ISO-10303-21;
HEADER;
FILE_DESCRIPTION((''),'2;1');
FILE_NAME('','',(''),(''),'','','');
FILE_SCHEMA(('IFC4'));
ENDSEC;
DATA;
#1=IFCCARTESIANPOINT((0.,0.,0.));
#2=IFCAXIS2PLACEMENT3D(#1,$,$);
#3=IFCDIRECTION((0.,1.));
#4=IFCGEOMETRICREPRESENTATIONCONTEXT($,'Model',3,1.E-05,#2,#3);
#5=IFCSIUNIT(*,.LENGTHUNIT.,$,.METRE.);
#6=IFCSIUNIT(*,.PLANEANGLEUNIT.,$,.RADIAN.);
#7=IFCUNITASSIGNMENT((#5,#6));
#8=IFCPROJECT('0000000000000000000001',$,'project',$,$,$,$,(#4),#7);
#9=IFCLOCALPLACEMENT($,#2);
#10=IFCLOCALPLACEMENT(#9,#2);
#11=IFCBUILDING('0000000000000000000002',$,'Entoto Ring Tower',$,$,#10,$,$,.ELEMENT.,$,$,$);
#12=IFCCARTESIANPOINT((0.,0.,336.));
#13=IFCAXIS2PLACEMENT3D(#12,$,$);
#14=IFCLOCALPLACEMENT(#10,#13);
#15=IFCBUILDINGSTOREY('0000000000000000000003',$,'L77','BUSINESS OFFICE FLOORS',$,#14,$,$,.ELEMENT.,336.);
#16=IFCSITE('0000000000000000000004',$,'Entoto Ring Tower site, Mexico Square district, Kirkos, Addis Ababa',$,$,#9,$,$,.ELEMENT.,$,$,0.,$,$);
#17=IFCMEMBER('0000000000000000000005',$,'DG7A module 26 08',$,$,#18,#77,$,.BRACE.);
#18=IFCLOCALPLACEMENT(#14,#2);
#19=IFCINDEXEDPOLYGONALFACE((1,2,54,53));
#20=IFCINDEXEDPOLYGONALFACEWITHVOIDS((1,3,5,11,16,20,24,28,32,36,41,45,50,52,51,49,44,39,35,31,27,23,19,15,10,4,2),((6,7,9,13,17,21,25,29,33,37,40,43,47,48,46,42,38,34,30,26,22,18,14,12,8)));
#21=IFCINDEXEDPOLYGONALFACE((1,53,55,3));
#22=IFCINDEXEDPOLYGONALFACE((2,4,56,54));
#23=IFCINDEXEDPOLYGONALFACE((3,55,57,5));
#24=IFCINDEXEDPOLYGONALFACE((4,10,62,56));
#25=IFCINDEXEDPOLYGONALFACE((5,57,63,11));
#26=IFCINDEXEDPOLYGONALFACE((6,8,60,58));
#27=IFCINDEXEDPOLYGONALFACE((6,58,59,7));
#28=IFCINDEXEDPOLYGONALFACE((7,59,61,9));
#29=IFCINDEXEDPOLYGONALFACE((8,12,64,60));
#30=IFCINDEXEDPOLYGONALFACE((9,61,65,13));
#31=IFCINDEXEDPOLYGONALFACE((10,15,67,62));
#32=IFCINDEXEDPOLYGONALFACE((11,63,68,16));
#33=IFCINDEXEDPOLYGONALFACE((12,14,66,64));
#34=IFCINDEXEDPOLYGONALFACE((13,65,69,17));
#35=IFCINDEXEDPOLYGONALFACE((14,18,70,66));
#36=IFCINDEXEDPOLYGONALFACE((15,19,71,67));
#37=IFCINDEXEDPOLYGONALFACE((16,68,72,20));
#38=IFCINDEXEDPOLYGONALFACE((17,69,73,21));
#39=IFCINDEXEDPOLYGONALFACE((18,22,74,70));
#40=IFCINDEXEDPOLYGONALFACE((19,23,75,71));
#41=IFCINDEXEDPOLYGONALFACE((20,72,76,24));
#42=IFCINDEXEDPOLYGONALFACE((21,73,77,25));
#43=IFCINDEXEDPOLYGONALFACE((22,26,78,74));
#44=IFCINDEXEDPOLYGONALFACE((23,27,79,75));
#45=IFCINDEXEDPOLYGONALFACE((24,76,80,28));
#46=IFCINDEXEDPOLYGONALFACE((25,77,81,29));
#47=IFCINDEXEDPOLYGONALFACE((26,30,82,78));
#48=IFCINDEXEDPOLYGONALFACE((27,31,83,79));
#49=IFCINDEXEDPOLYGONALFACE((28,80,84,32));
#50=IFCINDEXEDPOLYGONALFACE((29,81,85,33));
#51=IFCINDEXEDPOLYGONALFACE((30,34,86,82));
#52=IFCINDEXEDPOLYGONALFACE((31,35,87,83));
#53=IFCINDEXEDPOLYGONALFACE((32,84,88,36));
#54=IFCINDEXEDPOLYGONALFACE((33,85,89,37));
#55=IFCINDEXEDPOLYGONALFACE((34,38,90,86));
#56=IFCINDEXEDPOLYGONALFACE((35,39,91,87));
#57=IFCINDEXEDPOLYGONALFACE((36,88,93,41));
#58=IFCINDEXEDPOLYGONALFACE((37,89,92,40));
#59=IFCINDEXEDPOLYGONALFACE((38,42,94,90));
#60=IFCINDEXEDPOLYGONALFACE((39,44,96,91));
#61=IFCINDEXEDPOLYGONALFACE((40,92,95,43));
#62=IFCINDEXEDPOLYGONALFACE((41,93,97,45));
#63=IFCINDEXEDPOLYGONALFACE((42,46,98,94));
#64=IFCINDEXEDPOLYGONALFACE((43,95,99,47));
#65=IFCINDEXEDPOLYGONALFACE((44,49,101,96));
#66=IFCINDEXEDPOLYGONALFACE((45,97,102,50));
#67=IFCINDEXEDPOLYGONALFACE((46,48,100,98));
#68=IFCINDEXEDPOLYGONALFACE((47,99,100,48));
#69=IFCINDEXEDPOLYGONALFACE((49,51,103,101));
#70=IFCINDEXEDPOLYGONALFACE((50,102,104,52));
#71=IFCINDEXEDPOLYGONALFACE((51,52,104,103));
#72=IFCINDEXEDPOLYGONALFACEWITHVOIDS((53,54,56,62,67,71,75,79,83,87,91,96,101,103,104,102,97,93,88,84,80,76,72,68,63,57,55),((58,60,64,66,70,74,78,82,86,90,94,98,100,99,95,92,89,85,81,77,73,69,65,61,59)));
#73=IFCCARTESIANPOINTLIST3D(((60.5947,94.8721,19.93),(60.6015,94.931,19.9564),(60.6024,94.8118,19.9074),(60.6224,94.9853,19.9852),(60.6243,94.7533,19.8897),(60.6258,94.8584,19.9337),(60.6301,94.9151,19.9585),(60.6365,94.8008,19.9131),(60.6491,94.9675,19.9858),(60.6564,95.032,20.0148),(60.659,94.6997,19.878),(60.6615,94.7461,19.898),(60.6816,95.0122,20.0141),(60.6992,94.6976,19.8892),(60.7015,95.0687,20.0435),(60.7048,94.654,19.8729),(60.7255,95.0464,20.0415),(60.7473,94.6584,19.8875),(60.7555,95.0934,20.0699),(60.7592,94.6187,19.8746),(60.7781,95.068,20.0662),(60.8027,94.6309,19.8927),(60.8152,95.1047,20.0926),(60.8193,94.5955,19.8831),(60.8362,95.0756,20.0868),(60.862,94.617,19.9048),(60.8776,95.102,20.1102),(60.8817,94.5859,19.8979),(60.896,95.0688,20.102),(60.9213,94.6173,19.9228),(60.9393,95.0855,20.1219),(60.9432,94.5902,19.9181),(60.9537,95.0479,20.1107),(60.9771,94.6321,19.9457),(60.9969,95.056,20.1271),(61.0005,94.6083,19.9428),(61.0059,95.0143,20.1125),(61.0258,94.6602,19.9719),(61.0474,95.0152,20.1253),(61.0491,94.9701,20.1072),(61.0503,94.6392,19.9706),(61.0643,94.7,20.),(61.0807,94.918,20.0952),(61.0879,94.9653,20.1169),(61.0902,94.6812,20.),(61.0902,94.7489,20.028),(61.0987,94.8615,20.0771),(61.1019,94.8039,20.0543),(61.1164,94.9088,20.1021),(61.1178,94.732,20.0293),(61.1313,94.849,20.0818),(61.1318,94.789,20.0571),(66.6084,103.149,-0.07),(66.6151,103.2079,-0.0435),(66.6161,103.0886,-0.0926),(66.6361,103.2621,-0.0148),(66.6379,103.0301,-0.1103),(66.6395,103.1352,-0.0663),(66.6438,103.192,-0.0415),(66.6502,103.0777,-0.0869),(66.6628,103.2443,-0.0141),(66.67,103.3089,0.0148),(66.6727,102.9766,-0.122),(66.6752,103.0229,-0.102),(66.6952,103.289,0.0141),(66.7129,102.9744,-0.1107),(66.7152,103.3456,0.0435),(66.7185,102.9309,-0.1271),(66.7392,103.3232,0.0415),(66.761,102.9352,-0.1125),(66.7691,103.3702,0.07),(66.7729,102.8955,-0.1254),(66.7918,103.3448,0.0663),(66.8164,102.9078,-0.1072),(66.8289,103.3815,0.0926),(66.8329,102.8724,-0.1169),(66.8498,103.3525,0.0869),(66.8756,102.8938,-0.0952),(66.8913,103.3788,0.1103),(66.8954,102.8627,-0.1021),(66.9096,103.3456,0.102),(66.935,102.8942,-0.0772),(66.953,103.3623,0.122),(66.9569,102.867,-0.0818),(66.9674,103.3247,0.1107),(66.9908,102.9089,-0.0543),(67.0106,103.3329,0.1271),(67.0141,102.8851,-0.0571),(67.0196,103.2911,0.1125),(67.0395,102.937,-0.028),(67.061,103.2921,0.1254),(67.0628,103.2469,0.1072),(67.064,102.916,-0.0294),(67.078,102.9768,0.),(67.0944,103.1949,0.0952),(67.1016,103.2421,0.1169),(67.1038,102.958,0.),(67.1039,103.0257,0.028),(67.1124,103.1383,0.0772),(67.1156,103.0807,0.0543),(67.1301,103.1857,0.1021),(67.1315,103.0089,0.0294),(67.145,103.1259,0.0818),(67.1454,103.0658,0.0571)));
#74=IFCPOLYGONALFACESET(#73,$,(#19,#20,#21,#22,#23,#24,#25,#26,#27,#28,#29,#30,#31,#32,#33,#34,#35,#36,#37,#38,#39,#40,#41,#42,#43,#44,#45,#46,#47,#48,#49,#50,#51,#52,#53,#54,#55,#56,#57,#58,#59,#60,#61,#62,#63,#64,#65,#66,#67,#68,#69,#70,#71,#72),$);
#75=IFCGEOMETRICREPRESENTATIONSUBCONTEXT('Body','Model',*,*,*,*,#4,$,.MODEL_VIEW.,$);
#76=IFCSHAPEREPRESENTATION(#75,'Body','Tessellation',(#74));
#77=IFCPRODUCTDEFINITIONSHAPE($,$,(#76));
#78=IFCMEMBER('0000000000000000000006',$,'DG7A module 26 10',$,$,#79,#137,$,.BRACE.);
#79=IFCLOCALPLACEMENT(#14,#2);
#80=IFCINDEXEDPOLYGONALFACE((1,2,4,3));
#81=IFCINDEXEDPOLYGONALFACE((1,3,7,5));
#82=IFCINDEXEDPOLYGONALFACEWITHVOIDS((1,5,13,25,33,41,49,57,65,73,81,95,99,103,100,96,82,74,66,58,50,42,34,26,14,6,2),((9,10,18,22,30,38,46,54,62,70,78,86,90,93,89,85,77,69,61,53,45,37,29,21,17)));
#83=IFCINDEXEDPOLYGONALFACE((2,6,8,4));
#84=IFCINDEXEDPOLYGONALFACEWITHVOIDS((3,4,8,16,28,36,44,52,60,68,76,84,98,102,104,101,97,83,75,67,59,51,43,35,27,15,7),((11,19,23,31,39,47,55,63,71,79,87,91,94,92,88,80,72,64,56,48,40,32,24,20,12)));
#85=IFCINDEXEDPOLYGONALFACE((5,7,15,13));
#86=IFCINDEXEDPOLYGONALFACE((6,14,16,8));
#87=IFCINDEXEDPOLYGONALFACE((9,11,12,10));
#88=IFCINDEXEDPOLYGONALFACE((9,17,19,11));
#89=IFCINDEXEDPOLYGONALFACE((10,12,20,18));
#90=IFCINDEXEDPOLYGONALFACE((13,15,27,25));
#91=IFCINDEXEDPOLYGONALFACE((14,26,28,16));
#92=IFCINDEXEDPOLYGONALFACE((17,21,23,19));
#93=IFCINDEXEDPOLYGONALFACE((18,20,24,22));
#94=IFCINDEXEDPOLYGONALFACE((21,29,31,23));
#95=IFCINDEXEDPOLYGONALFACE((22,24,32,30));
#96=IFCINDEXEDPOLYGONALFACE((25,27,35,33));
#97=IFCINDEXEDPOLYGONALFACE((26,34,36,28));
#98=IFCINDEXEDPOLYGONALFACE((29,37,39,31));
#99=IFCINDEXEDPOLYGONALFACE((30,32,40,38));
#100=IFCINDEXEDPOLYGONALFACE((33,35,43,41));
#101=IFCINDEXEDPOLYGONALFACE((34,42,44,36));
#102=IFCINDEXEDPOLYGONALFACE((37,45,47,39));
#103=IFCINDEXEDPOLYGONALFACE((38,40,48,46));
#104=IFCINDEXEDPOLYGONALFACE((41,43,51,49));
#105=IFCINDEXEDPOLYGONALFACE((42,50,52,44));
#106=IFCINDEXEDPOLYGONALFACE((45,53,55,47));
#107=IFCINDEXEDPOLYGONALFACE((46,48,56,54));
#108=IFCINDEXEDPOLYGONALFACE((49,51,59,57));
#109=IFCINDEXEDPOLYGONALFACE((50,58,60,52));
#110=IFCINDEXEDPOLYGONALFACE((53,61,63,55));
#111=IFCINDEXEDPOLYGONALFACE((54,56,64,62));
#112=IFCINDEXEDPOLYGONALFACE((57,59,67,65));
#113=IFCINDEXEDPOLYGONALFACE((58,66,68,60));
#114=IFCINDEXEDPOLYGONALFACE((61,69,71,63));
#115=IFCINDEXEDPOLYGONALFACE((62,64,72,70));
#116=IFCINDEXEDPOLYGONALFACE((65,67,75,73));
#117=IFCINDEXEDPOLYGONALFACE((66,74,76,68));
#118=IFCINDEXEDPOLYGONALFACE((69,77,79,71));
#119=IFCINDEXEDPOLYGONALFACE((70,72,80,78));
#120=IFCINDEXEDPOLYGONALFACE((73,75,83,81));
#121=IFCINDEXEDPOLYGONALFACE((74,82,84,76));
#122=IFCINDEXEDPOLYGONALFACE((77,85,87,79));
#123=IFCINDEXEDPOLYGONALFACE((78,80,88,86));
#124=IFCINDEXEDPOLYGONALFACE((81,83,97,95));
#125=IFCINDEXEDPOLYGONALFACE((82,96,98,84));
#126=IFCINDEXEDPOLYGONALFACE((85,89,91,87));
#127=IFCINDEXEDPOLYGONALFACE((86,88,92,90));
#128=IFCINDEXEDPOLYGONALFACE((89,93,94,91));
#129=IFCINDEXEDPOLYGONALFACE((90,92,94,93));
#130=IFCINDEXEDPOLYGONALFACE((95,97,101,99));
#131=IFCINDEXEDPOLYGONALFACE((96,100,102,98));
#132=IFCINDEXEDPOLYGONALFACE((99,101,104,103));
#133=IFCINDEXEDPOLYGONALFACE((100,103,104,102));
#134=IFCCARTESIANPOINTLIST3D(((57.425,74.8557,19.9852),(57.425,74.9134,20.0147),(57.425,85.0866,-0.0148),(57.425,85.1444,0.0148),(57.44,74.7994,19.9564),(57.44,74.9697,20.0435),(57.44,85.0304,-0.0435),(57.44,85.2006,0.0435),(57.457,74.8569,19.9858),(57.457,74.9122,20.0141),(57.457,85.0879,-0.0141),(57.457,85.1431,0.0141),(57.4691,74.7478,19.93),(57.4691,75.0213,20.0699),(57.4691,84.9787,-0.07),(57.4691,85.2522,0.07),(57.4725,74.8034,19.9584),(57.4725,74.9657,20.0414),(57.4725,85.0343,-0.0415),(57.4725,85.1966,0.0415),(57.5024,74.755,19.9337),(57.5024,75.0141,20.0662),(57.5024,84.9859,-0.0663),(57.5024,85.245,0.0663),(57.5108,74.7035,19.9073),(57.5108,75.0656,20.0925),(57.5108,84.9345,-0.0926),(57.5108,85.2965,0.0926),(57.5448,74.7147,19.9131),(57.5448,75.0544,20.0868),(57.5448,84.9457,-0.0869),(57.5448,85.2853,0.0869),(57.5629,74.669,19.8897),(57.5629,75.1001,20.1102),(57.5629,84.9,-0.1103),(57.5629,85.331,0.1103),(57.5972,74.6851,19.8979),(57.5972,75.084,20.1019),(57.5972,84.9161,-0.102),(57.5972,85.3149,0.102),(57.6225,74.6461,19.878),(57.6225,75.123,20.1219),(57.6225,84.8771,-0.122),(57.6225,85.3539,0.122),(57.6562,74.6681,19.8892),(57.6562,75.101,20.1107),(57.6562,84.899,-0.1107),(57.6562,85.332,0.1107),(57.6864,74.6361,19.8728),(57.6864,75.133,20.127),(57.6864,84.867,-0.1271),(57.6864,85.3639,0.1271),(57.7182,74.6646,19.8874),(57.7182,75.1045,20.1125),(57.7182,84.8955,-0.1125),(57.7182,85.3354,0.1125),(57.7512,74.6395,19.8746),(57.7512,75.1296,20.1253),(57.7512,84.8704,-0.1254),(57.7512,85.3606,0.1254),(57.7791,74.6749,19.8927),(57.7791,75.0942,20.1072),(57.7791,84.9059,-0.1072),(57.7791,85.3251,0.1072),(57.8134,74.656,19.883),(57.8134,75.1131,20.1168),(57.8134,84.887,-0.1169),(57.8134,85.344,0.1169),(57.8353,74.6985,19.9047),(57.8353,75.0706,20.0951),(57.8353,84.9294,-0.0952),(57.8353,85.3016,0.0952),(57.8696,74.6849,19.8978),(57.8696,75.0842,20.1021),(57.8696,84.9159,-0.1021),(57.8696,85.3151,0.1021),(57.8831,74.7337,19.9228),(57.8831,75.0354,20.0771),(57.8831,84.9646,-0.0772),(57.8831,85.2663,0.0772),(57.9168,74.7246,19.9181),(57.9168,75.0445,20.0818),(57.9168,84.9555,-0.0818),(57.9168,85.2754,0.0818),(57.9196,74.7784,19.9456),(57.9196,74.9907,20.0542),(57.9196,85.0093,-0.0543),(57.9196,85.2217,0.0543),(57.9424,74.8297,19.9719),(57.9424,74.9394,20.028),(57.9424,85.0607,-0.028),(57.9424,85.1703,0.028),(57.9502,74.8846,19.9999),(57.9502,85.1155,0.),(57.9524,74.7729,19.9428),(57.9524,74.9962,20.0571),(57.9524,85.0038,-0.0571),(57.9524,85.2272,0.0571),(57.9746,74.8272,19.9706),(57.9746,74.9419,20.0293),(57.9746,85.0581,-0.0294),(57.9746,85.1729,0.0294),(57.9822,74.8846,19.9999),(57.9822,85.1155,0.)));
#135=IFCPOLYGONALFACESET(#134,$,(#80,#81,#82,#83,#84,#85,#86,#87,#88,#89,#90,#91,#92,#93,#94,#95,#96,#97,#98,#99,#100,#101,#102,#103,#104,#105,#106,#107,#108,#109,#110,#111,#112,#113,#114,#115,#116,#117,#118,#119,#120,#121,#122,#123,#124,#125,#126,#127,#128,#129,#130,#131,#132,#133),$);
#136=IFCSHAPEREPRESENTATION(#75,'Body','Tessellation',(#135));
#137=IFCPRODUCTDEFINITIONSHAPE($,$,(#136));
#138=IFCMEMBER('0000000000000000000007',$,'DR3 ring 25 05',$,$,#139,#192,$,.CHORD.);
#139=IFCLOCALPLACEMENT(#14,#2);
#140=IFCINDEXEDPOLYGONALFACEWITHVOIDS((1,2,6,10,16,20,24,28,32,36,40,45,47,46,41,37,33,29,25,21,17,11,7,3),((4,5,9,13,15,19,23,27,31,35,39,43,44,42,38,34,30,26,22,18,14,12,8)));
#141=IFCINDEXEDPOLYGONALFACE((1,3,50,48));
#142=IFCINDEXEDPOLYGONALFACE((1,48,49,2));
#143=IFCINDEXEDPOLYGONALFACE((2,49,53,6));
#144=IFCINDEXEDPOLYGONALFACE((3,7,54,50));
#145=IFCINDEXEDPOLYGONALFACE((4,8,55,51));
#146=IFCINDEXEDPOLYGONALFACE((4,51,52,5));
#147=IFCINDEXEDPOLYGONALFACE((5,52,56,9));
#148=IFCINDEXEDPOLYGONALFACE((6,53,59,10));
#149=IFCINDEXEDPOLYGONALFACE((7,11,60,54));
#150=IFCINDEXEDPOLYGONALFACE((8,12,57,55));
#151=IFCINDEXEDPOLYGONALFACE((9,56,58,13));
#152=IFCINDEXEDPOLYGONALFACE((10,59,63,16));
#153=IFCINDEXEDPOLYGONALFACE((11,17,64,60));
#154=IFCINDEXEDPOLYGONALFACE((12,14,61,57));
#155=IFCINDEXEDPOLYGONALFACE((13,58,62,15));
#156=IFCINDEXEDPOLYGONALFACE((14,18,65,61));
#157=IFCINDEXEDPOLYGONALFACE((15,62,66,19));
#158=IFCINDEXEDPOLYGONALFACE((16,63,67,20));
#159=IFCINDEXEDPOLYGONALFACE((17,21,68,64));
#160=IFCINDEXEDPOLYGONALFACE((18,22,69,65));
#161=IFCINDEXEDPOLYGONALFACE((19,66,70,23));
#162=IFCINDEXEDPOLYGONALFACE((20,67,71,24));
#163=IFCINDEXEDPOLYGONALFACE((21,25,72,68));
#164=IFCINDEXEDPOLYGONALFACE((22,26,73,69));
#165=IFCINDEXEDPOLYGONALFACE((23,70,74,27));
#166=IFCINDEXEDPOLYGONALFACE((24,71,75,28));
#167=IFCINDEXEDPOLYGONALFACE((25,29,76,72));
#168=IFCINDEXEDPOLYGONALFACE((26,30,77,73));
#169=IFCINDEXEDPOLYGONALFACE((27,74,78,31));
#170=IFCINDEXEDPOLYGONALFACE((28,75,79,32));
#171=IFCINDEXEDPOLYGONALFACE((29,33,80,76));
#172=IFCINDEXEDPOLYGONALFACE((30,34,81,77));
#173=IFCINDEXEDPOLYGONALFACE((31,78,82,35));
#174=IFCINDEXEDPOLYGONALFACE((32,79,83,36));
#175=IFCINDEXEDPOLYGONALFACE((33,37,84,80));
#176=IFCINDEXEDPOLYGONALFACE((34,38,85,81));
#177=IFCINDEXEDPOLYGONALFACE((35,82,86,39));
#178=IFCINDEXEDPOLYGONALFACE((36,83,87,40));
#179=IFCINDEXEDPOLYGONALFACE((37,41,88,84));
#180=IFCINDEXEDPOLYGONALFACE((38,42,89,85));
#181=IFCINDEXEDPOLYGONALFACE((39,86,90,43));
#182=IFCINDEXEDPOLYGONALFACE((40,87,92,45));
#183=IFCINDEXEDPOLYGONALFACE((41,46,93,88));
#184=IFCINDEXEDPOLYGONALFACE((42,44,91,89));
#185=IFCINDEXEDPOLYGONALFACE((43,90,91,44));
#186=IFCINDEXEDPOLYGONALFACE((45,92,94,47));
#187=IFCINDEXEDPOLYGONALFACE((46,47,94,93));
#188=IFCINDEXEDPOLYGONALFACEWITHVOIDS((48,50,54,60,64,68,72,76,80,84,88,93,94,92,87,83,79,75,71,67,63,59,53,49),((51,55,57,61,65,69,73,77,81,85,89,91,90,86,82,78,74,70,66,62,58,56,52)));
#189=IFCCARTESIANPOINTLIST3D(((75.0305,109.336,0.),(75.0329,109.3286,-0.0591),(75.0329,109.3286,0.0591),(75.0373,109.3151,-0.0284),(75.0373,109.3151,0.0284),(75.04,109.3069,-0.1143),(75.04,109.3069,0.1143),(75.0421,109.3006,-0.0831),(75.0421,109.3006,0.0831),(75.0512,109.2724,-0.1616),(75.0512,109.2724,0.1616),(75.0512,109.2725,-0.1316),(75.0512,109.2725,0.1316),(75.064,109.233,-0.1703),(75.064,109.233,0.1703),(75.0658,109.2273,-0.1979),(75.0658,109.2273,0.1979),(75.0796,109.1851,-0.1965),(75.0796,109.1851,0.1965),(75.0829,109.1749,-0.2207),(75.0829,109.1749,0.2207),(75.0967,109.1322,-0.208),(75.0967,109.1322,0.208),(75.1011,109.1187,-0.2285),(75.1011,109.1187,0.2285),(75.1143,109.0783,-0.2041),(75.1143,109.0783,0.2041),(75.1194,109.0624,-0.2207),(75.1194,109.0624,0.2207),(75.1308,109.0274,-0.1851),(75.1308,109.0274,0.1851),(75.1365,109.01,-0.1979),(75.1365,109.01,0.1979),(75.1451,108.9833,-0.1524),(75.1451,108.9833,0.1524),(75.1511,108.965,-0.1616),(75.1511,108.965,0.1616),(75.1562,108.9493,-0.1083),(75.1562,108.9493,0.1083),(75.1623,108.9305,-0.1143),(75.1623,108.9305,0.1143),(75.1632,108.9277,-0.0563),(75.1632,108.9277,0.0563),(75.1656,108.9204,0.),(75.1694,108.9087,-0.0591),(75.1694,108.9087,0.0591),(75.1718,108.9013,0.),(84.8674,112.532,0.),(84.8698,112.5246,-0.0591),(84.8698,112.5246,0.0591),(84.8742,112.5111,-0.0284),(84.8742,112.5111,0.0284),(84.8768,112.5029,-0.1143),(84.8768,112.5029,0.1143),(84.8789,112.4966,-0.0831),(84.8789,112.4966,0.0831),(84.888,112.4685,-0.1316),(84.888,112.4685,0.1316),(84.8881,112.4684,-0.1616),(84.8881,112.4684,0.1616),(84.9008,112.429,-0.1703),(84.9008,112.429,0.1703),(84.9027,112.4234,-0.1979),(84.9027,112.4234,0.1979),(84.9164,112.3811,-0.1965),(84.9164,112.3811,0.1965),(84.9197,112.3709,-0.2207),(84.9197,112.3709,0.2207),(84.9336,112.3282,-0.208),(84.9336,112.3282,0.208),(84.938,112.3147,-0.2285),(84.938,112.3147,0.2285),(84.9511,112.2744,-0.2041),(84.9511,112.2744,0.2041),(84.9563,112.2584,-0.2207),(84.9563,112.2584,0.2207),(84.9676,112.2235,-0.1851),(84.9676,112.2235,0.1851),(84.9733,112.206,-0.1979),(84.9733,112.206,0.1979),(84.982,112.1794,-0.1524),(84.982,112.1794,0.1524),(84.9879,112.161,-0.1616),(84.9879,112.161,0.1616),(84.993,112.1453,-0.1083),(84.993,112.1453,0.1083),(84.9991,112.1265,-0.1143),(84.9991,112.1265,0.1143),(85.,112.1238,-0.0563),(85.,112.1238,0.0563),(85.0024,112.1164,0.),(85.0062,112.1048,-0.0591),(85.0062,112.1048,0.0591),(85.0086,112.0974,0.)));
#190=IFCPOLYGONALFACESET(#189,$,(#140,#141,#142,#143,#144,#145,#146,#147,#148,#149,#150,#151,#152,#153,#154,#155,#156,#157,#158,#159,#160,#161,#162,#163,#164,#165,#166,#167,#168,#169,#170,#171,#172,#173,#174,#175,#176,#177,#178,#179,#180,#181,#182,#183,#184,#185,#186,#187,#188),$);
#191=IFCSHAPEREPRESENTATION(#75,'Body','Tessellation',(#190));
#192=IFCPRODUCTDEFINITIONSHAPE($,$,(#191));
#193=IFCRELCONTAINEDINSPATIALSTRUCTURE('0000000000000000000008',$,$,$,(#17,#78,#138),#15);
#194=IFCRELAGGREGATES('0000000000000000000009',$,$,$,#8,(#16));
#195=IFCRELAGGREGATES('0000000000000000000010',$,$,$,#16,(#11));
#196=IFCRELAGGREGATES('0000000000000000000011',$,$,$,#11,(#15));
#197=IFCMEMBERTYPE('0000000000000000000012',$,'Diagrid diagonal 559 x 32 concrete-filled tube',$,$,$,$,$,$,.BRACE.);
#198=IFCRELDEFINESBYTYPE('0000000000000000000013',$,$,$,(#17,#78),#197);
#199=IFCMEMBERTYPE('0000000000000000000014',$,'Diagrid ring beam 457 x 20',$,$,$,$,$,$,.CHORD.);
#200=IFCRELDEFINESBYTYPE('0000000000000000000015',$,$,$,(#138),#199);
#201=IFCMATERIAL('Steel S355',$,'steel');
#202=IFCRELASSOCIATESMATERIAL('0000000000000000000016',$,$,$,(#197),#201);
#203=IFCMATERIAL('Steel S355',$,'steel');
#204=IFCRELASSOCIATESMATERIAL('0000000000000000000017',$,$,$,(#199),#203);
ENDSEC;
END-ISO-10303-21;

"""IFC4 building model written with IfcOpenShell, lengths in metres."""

from ifc_helpers import new_model, si_unit, direction, frame, origin, origin_2d, place, context, subcontext, project, spatial, circle, hollow_circle, extrude, material, material_profile, profile_set, type_object, element, save


model = new_model("IFC4")

# Units and contexts
model_context = context("Model", 3, precision=1e-05, world=origin(), true_north=direction((0.0, 1.0)))
body_context = subcontext(model_context, "Body", "Model", "MODEL_VIEW")
ifc_project = project(units=[si_unit("LENGTHUNIT", "METRE"), si_unit("PLANEANGLEUNIT", "RADIAN")], contexts=[model_context])

# Site, building, storey
site_placement = place(None, origin())
site = spatial("IfcSite", under=ifc_project, at=site_placement, Name="Entoto Ring Tower site, Mexico Square district, Kirkos, Addis Ababa", CompositionType="ELEMENT", RefElevation=0.0)
building_placement = place(site_placement, origin())
building = spatial("IfcBuilding", under=site, at=building_placement, Name="Entoto Ring Tower", CompositionType="ELEMENT")
storey_placement = place(building_placement, frame((0.0, 0.0, 336.0)))
storey = spatial("IfcBuildingStorey", under=building, at=storey_placement, Name="L77", Description="BUSINESS OFFICE FLOORS", CompositionType="ELEMENT", Elevation=336.0)

# Members
ifc_material_1 = material(Name="Steel S355", Category="steel")
ifc_material_profile_1 = material_profile(ifc_material_1, hollow_circle(Radius=0.2795, WallThickness=0.032, at=origin_2d()), Name="CHS 559 x 32")
ifc_material_2 = material(Name="Concrete C60/75", Category="concrete")
ifc_material_profile_2 = material_profile(ifc_material_2, circle(Radius=0.2476, at=origin_2d()), Name="Concrete C60/75 infill")
ifc_profile_set_1 = profile_set([ifc_material_profile_1, ifc_material_profile_2], Name="Steel S355")
member_type_1 = type_object("IfcMemberType", Name="Diagrid diagonal 559 x 32 concrete-filled tube", PredefinedType="BRACE", material=ifc_profile_set_1)
for number, where, z_axis, x_axis, name in (
    (1, (66.8777, 103.1223, 0.0), (-0.267692, -0.368435, 0.890279), (0.809008, -0.587797, 0.0), "DG7A module 26 08"),
    (2, (57.7026, 85.1155, 0.0), (0.0, -0.455419, 0.890277), (1.0, 0.0, 0.0), "DG7A module 26 10"),
):
    element("IfcMember", number, at=place(storey_placement, frame(where, z_axis=z_axis, x_axis=x_axis)), inside=storey, type_object=member_type_1, Name=name, PredefinedType="BRACE", context=body_context, shape_type="SweptSolid", body=[
        extrude(hollow_circle(Radius=0.2795, WallThickness=0.032, at=origin_2d()), origin(), (0.0, 0.0, 1.0), 22.4648),
    ])
ifc_material_3 = material(Name="Steel S355", Category="steel")
ifc_material_profile_3 = material_profile(ifc_material_3, hollow_circle(Radius=0.2285, WallThickness=0.02, at=origin_2d()), Name="CHS 457 x 20")
ifc_material_4 = material(Name="Concrete C60/75", Category="concrete")
ifc_material_profile_4 = material_profile(ifc_material_4, circle(Radius=0.2085, at=origin_2d()), Name="Concrete C60/75 infill")
ifc_profile_set_2 = profile_set([ifc_material_profile_3, ifc_material_profile_4], Name="Steel S355")
member_type_2 = type_object("IfcMemberType", Name="Diagrid ring beam 457 x 20", PredefinedType="CHORD", material=ifc_profile_set_2)
member_1_placement = place(storey_placement, frame((84.938, 112.3147, 0.0), z_axis=(-0.951061, -0.309003, 0.0), x_axis=(0.309003, -0.951061, 0.0)))
element("IfcMember", 3, at=member_1_placement, inside=storey, type_object=member_type_2, Name="DR3 ring 25 05", PredefinedType="CHORD", context=body_context, shape_type="SweptSolid", body=[
    extrude(hollow_circle(Radius=0.2285, WallThickness=0.02, at=origin_2d()), origin(), (0.0, 0.0, 1.0), 10.343),
])

save(model, "model.ifc")
